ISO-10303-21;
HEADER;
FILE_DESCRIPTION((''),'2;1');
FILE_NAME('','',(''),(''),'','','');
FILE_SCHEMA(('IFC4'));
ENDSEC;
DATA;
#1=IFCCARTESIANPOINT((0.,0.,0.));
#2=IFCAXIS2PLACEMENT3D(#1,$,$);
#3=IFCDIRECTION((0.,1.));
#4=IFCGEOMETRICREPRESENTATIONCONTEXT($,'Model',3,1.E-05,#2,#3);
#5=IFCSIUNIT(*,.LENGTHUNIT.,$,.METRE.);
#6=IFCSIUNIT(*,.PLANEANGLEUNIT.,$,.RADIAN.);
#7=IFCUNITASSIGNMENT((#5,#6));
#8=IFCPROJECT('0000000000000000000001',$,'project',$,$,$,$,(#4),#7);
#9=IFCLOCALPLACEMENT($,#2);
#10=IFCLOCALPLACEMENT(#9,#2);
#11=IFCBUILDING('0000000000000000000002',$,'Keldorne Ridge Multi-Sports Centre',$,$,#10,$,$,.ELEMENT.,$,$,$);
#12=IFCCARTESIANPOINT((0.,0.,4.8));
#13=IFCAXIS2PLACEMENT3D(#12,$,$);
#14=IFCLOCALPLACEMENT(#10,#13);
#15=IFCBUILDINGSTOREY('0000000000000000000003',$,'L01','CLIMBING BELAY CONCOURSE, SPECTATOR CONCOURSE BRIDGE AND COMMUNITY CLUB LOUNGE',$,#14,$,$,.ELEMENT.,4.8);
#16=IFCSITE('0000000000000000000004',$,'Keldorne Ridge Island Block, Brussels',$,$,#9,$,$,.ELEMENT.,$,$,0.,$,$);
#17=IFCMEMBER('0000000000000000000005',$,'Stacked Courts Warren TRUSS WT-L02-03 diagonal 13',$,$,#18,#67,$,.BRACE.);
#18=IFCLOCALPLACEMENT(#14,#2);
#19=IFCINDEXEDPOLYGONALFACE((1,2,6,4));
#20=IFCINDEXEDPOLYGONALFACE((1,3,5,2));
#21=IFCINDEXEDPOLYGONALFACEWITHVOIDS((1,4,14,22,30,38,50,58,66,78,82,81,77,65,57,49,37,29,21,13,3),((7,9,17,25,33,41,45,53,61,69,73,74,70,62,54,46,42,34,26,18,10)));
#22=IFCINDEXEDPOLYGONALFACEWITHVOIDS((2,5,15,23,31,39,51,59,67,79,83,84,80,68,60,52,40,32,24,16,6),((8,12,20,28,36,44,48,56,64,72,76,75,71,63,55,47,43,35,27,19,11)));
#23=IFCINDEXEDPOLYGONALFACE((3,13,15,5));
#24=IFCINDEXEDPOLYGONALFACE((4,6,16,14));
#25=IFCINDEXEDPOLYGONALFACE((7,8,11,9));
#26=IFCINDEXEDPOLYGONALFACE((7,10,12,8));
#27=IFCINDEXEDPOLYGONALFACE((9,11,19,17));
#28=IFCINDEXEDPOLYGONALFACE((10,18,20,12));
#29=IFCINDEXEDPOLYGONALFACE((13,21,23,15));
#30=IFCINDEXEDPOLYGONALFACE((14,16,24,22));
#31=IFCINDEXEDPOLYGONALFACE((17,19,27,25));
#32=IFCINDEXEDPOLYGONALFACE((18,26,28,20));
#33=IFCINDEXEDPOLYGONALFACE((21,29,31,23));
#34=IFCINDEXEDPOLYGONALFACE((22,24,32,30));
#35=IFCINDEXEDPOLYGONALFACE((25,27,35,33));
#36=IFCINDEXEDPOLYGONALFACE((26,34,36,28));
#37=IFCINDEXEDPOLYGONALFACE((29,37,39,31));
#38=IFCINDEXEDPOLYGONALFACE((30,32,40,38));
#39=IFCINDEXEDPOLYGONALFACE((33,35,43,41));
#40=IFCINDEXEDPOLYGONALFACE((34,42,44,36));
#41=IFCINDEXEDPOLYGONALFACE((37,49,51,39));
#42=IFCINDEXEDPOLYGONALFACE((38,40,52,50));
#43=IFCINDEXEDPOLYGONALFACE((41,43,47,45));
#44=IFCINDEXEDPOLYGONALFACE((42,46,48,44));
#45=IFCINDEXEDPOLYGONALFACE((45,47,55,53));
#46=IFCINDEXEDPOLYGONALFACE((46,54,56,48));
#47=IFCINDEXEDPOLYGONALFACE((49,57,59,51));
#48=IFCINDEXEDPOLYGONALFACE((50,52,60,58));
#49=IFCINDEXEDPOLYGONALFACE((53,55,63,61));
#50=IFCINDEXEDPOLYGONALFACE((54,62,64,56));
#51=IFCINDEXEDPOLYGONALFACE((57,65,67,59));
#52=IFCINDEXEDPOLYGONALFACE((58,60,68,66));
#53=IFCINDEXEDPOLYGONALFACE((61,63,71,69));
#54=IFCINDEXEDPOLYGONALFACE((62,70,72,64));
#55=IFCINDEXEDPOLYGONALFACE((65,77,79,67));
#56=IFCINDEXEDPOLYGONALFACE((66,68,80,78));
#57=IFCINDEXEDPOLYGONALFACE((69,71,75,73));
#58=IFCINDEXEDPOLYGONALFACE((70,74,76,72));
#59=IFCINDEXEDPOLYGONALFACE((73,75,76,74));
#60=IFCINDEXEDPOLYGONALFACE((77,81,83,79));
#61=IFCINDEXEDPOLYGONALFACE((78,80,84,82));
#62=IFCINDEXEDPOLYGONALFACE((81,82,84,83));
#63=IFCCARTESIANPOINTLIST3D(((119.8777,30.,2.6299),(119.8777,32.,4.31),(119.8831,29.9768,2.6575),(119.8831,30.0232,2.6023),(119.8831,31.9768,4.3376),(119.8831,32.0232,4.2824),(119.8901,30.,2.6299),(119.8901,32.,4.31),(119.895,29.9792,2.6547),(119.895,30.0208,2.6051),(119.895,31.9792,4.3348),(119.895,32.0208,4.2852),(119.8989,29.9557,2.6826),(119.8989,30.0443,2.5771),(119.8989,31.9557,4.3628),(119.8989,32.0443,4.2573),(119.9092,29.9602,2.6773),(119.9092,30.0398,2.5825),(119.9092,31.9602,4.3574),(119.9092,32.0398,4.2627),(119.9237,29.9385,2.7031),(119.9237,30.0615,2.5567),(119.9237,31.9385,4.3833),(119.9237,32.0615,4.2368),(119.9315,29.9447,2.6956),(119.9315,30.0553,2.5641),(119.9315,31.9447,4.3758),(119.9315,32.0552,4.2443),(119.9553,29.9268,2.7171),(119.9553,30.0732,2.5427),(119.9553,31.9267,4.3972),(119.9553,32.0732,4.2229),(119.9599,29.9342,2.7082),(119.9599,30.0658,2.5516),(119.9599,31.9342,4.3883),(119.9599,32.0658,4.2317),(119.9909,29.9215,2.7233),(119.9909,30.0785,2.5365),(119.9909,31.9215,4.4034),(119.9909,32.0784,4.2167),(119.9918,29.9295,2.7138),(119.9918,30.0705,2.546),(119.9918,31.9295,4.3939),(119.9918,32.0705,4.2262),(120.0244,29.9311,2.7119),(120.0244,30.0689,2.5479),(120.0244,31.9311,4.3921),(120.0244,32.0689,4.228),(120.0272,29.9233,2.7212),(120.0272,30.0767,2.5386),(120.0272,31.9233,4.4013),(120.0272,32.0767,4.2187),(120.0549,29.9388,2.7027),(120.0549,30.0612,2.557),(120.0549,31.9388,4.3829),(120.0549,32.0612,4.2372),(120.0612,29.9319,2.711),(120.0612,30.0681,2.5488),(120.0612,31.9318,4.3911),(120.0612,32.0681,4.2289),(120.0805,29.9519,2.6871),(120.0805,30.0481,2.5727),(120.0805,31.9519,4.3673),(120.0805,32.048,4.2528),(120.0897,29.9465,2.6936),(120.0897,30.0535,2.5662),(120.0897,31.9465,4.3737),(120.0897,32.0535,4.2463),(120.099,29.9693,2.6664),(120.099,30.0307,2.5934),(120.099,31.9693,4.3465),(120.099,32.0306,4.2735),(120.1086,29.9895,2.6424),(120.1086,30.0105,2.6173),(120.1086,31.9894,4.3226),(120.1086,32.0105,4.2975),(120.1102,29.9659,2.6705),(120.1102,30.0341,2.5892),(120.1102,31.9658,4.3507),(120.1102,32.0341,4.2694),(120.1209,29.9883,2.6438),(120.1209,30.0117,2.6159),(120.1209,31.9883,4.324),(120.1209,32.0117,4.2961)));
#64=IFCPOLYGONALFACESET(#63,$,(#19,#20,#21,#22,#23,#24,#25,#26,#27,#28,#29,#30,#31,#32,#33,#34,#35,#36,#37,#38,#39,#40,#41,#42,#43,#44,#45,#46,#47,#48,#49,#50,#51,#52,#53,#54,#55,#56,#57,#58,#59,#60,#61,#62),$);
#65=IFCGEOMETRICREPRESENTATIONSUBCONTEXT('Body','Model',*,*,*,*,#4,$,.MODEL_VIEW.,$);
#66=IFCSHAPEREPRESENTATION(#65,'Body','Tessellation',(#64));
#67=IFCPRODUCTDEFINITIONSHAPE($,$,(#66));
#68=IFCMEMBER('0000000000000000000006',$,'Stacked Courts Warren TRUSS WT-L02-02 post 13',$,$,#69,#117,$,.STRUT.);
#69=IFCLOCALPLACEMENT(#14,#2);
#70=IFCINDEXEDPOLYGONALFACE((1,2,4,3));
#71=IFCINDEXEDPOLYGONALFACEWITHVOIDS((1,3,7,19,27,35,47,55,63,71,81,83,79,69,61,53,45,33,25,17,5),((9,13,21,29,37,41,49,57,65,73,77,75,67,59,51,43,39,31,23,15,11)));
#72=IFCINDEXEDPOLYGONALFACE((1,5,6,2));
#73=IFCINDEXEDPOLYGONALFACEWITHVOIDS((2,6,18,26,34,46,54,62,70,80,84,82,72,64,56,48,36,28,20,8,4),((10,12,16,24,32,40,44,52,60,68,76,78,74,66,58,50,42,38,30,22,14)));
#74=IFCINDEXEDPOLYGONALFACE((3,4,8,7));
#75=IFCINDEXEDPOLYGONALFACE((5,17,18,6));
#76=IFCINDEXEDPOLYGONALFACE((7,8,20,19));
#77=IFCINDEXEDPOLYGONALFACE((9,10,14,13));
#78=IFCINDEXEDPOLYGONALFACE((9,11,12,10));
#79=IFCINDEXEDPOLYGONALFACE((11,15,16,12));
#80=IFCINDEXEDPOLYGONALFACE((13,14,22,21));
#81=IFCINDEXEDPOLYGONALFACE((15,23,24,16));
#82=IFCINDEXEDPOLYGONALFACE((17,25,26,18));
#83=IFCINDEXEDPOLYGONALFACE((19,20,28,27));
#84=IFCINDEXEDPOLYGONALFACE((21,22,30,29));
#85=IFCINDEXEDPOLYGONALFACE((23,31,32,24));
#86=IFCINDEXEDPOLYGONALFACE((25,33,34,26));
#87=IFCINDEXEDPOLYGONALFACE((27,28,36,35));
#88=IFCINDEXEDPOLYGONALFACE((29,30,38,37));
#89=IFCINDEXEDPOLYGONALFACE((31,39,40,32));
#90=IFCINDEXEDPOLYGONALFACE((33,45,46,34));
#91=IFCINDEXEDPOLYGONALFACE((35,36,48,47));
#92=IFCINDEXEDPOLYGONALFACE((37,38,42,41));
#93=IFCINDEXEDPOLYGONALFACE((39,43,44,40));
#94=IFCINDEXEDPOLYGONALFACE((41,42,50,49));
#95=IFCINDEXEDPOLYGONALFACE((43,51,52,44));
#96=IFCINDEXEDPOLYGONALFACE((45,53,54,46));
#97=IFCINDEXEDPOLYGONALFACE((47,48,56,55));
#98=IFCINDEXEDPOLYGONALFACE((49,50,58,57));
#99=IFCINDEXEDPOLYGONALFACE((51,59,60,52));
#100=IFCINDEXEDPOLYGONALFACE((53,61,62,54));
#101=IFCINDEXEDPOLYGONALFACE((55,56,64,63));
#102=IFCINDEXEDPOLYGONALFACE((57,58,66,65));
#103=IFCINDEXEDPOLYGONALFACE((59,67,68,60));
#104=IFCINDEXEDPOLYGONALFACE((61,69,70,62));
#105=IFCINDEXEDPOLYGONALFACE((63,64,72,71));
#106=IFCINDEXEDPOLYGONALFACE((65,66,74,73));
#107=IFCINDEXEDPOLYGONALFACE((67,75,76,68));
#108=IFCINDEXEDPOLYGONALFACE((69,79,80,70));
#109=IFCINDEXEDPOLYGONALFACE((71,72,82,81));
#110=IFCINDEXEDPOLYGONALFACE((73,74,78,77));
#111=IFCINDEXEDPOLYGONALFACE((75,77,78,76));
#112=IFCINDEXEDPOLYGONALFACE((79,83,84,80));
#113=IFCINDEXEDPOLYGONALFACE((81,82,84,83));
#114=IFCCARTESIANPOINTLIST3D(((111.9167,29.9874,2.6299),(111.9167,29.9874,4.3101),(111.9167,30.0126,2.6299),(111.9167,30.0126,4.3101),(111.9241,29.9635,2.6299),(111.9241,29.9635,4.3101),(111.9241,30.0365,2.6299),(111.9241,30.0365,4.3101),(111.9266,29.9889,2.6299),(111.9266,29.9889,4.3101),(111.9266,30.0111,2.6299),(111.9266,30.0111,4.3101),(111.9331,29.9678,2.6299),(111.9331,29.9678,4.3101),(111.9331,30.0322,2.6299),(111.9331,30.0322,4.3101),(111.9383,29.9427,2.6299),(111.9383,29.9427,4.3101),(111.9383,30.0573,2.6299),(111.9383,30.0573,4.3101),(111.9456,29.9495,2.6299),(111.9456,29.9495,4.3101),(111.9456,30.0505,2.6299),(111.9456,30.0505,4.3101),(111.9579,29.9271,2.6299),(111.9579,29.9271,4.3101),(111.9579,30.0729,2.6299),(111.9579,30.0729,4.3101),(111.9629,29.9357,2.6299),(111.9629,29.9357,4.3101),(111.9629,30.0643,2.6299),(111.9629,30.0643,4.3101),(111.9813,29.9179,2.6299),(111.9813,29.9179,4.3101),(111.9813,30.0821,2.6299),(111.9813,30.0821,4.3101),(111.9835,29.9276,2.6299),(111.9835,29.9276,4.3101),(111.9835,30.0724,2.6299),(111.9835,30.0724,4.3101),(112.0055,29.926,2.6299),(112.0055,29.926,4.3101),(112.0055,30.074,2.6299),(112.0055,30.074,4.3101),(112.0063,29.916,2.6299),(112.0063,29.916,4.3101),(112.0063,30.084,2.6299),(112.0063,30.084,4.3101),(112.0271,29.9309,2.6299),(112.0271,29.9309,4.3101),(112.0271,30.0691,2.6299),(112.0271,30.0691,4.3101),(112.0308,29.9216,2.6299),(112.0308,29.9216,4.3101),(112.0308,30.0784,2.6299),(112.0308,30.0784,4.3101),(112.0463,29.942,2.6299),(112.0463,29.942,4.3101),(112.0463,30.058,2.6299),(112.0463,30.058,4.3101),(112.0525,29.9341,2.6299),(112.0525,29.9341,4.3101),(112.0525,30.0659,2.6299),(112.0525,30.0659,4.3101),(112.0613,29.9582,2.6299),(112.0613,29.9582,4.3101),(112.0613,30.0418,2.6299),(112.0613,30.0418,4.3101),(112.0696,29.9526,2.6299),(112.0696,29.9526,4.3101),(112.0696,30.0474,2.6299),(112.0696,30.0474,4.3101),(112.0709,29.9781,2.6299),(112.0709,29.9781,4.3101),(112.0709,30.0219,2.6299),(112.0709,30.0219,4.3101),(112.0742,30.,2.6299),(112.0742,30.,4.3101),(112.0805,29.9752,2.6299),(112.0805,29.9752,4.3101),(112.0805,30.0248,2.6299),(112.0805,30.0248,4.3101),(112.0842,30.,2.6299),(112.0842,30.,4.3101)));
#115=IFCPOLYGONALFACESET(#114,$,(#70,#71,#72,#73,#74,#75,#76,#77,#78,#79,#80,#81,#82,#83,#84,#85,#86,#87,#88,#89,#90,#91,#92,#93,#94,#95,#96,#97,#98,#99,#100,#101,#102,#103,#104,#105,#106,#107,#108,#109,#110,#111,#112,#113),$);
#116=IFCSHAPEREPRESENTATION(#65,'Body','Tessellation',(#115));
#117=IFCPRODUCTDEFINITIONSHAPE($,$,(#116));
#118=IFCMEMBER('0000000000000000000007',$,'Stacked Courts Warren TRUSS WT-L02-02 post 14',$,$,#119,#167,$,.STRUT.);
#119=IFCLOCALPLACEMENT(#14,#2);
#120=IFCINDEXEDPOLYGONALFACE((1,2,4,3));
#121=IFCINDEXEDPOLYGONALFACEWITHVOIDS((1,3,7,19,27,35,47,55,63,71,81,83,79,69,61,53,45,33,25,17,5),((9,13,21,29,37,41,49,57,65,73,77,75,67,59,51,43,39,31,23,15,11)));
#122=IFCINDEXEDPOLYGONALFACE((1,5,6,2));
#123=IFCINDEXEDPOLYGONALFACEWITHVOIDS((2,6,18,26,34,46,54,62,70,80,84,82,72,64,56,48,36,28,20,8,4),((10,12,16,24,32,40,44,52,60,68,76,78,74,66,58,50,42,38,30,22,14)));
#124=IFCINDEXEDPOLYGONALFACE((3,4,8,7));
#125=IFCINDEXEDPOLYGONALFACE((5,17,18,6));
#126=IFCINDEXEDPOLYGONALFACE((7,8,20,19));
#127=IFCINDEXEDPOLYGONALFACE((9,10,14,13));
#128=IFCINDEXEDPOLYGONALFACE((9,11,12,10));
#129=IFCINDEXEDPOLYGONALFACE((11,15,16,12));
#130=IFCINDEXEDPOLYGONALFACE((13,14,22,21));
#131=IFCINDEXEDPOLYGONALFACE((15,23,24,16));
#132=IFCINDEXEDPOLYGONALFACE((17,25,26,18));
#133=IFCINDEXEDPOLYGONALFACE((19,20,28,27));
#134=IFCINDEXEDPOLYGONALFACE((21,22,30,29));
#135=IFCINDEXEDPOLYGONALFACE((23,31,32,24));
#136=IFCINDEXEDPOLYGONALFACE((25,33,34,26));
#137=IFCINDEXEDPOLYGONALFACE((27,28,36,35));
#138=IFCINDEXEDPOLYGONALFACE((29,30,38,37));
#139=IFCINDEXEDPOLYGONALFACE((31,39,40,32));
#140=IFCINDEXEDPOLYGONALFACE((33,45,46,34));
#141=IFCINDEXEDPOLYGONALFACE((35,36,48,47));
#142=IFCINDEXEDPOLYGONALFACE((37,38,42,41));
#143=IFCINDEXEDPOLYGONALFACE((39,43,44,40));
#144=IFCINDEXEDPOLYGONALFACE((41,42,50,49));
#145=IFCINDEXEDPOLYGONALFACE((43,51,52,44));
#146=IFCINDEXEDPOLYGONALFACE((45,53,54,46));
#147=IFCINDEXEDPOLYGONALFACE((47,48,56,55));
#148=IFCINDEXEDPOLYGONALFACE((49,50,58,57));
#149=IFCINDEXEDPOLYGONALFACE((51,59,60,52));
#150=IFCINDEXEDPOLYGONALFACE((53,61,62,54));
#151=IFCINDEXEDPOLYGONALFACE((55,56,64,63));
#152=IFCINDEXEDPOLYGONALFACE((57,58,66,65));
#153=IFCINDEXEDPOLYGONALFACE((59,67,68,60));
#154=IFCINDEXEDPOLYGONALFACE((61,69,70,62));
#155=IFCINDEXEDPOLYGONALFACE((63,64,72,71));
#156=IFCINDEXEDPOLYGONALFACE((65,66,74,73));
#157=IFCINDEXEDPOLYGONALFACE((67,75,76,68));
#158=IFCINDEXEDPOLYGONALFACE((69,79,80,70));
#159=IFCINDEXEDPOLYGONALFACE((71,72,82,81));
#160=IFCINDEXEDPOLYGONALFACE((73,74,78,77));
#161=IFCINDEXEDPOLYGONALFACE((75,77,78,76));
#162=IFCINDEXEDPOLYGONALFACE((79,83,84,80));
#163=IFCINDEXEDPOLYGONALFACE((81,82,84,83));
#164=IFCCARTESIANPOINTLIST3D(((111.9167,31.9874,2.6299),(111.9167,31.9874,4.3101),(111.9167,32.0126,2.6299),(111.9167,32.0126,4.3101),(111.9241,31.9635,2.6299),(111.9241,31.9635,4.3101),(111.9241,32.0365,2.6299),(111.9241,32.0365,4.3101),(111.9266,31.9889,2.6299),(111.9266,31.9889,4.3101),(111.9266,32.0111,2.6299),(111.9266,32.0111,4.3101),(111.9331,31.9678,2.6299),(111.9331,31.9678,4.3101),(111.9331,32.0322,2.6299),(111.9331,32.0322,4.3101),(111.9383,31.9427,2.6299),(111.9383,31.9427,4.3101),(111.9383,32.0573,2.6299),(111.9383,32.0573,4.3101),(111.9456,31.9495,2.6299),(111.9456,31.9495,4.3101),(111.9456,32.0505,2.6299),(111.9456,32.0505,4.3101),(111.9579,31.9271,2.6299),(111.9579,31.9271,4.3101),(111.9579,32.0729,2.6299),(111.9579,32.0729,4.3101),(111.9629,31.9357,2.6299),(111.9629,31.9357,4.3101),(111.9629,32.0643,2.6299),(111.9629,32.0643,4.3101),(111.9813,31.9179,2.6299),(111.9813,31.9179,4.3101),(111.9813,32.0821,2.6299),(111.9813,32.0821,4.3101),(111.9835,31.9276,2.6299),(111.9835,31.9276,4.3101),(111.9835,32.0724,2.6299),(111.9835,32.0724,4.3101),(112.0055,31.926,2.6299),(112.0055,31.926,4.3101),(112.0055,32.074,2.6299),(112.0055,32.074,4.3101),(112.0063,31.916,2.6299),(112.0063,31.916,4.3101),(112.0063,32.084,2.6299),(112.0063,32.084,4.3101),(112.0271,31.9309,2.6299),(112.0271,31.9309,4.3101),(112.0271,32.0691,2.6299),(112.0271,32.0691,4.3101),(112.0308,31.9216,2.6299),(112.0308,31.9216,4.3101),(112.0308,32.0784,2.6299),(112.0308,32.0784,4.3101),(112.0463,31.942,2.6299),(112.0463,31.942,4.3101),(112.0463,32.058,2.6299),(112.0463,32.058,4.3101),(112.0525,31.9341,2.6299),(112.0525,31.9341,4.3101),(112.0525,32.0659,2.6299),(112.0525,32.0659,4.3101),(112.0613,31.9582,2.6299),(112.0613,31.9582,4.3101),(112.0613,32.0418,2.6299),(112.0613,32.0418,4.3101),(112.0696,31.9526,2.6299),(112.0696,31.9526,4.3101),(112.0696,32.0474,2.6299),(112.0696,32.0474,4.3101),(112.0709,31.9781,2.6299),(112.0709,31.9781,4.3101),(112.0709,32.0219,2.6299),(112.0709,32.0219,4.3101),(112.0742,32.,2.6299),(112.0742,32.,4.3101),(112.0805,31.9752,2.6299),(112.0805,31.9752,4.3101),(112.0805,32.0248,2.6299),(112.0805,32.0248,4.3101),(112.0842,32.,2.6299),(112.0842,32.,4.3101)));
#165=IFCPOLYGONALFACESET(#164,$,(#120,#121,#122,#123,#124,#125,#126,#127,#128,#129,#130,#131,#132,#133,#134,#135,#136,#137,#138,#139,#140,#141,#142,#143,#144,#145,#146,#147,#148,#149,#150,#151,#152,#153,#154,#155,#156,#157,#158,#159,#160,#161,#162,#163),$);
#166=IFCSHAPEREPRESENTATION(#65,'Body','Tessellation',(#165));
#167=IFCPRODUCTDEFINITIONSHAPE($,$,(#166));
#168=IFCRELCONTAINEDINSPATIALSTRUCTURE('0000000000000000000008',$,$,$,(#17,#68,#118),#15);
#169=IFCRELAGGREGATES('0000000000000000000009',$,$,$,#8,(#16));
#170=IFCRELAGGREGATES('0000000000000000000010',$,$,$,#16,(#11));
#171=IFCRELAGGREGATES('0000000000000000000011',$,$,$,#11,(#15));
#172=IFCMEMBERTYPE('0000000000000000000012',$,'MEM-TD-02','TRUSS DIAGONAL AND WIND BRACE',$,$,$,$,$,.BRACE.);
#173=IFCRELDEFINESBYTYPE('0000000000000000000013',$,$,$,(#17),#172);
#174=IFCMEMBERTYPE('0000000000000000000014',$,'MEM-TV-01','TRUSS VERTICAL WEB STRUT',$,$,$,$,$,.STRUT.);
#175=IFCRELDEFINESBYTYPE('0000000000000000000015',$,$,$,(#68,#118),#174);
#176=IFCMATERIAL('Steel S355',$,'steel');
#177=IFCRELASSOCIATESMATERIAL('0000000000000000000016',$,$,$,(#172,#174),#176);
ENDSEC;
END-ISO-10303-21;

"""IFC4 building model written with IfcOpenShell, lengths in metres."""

from ifc_helpers import new_model, si_unit, direction, frame, origin, origin_2d, place, context, subcontext, project, spatial, hollow_circle, extrude, material, material_profile, profile_set, type_object, element, save


model = new_model("IFC4")

# Units and contexts
model_context = context("Model", 3, precision=1e-05, world=origin(), true_north=direction((0.0, 1.0)))
body_context = subcontext(model_context, "Body", "Model", "MODEL_VIEW")
ifc_project = project(units=[si_unit("LENGTHUNIT", "METRE"), si_unit("PLANEANGLEUNIT", "RADIAN")], contexts=[model_context])

# Site, building, storey
site_placement = place(None, origin())
site = spatial("IfcSite", under=ifc_project, at=site_placement, Name="Keldorne Ridge Island Block, Brussels", CompositionType="ELEMENT", RefElevation=0.0)
building_placement = place(site_placement, origin())
building = spatial("IfcBuilding", under=site, at=building_placement, Name="Keldorne Ridge Multi-Sports Centre", CompositionType="ELEMENT")
storey_placement = place(building_placement, frame((0.0, 0.0, 4.8)))
storey = spatial("IfcBuildingStorey", under=building, at=storey_placement, Name="L01", Description="CLIMBING BELAY CONCOURSE, SPECTATOR CONCOURSE BRIDGE AND COMMUNITY CLUB LOUNGE", CompositionType="ELEMENT", Elevation=4.8)

# Shared definitions
ifc_material_1 = material(Name="Steel S355", Category="steel")

# Members
ifc_material_profile_1 = material_profile(ifc_material_1, hollow_circle(Radius=0.1223, WallThickness=0.0125, at=origin_2d()), Name="CHS 244.5x12.5")
ifc_profile_set_1 = profile_set([ifc_material_profile_1], Name="Steel S355")
member_type_1 = type_object("IfcMemberType", Name="MEM-TD-02", Description="TRUSS DIAGONAL AND WIND BRACE", PredefinedType="BRACE", material=ifc_profile_set_1)
for number, where, z_axis, x_axis, name in (
    (1, (120.0, 30.0, 2.6299), (0.0, 0.765672, 0.643232), (-1.0, 0.0, 0.0), "Stacked Courts Warren TRUSS WT-L02-03 diagonal 13"),
):
    element("IfcMember", number, at=place(storey_placement, frame(where, z_axis=z_axis, x_axis=x_axis)), inside=storey, type_object=member_type_1, Name=name, PredefinedType="BRACE", context=body_context, shape_type="SweptSolid", body=[
        extrude(hollow_circle(Radius=0.1223, WallThickness=0.0125, at=origin_2d()), origin(), (0.0, 0.0, 1.0), 2.6121),
    ])
ifc_material_profile_2 = material_profile(ifc_material_1, hollow_circle(Radius=0.0842, WallThickness=0.01, at=origin_2d()), Name="CHS 168.3x10")
ifc_profile_set_2 = profile_set([ifc_material_profile_2], Name="Steel S355")
member_type_2 = type_object("IfcMemberType", Name="MEM-TV-01", Description="TRUSS VERTICAL WEB STRUT", PredefinedType="STRUT", material=ifc_profile_set_2)
for number, where, z_axis, x_axis, name in (
    (2, (112.0, 30.0, 2.6299), (0.0, 0.0, 1.0), (1.0, 0.0, 0.0), "Stacked Courts Warren TRUSS WT-L02-02 post 13"),
    (3, (112.0, 32.0, 2.6299), (0.0, 0.0, 1.0), (1.0, 0.0, 0.0), "Stacked Courts Warren TRUSS WT-L02-02 post 14"),
):
    element("IfcMember", number, at=place(storey_placement, frame(where, z_axis=z_axis, x_axis=x_axis)), inside=storey, type_object=member_type_2, Name=name, PredefinedType="STRUT", context=body_context, shape_type="SweptSolid", body=[
        extrude(hollow_circle(Radius=0.0842, WallThickness=0.01, at=origin_2d()), origin(), (0.0, 0.0, 1.0), 1.6802),
    ])

save(model, "model.ifc")
